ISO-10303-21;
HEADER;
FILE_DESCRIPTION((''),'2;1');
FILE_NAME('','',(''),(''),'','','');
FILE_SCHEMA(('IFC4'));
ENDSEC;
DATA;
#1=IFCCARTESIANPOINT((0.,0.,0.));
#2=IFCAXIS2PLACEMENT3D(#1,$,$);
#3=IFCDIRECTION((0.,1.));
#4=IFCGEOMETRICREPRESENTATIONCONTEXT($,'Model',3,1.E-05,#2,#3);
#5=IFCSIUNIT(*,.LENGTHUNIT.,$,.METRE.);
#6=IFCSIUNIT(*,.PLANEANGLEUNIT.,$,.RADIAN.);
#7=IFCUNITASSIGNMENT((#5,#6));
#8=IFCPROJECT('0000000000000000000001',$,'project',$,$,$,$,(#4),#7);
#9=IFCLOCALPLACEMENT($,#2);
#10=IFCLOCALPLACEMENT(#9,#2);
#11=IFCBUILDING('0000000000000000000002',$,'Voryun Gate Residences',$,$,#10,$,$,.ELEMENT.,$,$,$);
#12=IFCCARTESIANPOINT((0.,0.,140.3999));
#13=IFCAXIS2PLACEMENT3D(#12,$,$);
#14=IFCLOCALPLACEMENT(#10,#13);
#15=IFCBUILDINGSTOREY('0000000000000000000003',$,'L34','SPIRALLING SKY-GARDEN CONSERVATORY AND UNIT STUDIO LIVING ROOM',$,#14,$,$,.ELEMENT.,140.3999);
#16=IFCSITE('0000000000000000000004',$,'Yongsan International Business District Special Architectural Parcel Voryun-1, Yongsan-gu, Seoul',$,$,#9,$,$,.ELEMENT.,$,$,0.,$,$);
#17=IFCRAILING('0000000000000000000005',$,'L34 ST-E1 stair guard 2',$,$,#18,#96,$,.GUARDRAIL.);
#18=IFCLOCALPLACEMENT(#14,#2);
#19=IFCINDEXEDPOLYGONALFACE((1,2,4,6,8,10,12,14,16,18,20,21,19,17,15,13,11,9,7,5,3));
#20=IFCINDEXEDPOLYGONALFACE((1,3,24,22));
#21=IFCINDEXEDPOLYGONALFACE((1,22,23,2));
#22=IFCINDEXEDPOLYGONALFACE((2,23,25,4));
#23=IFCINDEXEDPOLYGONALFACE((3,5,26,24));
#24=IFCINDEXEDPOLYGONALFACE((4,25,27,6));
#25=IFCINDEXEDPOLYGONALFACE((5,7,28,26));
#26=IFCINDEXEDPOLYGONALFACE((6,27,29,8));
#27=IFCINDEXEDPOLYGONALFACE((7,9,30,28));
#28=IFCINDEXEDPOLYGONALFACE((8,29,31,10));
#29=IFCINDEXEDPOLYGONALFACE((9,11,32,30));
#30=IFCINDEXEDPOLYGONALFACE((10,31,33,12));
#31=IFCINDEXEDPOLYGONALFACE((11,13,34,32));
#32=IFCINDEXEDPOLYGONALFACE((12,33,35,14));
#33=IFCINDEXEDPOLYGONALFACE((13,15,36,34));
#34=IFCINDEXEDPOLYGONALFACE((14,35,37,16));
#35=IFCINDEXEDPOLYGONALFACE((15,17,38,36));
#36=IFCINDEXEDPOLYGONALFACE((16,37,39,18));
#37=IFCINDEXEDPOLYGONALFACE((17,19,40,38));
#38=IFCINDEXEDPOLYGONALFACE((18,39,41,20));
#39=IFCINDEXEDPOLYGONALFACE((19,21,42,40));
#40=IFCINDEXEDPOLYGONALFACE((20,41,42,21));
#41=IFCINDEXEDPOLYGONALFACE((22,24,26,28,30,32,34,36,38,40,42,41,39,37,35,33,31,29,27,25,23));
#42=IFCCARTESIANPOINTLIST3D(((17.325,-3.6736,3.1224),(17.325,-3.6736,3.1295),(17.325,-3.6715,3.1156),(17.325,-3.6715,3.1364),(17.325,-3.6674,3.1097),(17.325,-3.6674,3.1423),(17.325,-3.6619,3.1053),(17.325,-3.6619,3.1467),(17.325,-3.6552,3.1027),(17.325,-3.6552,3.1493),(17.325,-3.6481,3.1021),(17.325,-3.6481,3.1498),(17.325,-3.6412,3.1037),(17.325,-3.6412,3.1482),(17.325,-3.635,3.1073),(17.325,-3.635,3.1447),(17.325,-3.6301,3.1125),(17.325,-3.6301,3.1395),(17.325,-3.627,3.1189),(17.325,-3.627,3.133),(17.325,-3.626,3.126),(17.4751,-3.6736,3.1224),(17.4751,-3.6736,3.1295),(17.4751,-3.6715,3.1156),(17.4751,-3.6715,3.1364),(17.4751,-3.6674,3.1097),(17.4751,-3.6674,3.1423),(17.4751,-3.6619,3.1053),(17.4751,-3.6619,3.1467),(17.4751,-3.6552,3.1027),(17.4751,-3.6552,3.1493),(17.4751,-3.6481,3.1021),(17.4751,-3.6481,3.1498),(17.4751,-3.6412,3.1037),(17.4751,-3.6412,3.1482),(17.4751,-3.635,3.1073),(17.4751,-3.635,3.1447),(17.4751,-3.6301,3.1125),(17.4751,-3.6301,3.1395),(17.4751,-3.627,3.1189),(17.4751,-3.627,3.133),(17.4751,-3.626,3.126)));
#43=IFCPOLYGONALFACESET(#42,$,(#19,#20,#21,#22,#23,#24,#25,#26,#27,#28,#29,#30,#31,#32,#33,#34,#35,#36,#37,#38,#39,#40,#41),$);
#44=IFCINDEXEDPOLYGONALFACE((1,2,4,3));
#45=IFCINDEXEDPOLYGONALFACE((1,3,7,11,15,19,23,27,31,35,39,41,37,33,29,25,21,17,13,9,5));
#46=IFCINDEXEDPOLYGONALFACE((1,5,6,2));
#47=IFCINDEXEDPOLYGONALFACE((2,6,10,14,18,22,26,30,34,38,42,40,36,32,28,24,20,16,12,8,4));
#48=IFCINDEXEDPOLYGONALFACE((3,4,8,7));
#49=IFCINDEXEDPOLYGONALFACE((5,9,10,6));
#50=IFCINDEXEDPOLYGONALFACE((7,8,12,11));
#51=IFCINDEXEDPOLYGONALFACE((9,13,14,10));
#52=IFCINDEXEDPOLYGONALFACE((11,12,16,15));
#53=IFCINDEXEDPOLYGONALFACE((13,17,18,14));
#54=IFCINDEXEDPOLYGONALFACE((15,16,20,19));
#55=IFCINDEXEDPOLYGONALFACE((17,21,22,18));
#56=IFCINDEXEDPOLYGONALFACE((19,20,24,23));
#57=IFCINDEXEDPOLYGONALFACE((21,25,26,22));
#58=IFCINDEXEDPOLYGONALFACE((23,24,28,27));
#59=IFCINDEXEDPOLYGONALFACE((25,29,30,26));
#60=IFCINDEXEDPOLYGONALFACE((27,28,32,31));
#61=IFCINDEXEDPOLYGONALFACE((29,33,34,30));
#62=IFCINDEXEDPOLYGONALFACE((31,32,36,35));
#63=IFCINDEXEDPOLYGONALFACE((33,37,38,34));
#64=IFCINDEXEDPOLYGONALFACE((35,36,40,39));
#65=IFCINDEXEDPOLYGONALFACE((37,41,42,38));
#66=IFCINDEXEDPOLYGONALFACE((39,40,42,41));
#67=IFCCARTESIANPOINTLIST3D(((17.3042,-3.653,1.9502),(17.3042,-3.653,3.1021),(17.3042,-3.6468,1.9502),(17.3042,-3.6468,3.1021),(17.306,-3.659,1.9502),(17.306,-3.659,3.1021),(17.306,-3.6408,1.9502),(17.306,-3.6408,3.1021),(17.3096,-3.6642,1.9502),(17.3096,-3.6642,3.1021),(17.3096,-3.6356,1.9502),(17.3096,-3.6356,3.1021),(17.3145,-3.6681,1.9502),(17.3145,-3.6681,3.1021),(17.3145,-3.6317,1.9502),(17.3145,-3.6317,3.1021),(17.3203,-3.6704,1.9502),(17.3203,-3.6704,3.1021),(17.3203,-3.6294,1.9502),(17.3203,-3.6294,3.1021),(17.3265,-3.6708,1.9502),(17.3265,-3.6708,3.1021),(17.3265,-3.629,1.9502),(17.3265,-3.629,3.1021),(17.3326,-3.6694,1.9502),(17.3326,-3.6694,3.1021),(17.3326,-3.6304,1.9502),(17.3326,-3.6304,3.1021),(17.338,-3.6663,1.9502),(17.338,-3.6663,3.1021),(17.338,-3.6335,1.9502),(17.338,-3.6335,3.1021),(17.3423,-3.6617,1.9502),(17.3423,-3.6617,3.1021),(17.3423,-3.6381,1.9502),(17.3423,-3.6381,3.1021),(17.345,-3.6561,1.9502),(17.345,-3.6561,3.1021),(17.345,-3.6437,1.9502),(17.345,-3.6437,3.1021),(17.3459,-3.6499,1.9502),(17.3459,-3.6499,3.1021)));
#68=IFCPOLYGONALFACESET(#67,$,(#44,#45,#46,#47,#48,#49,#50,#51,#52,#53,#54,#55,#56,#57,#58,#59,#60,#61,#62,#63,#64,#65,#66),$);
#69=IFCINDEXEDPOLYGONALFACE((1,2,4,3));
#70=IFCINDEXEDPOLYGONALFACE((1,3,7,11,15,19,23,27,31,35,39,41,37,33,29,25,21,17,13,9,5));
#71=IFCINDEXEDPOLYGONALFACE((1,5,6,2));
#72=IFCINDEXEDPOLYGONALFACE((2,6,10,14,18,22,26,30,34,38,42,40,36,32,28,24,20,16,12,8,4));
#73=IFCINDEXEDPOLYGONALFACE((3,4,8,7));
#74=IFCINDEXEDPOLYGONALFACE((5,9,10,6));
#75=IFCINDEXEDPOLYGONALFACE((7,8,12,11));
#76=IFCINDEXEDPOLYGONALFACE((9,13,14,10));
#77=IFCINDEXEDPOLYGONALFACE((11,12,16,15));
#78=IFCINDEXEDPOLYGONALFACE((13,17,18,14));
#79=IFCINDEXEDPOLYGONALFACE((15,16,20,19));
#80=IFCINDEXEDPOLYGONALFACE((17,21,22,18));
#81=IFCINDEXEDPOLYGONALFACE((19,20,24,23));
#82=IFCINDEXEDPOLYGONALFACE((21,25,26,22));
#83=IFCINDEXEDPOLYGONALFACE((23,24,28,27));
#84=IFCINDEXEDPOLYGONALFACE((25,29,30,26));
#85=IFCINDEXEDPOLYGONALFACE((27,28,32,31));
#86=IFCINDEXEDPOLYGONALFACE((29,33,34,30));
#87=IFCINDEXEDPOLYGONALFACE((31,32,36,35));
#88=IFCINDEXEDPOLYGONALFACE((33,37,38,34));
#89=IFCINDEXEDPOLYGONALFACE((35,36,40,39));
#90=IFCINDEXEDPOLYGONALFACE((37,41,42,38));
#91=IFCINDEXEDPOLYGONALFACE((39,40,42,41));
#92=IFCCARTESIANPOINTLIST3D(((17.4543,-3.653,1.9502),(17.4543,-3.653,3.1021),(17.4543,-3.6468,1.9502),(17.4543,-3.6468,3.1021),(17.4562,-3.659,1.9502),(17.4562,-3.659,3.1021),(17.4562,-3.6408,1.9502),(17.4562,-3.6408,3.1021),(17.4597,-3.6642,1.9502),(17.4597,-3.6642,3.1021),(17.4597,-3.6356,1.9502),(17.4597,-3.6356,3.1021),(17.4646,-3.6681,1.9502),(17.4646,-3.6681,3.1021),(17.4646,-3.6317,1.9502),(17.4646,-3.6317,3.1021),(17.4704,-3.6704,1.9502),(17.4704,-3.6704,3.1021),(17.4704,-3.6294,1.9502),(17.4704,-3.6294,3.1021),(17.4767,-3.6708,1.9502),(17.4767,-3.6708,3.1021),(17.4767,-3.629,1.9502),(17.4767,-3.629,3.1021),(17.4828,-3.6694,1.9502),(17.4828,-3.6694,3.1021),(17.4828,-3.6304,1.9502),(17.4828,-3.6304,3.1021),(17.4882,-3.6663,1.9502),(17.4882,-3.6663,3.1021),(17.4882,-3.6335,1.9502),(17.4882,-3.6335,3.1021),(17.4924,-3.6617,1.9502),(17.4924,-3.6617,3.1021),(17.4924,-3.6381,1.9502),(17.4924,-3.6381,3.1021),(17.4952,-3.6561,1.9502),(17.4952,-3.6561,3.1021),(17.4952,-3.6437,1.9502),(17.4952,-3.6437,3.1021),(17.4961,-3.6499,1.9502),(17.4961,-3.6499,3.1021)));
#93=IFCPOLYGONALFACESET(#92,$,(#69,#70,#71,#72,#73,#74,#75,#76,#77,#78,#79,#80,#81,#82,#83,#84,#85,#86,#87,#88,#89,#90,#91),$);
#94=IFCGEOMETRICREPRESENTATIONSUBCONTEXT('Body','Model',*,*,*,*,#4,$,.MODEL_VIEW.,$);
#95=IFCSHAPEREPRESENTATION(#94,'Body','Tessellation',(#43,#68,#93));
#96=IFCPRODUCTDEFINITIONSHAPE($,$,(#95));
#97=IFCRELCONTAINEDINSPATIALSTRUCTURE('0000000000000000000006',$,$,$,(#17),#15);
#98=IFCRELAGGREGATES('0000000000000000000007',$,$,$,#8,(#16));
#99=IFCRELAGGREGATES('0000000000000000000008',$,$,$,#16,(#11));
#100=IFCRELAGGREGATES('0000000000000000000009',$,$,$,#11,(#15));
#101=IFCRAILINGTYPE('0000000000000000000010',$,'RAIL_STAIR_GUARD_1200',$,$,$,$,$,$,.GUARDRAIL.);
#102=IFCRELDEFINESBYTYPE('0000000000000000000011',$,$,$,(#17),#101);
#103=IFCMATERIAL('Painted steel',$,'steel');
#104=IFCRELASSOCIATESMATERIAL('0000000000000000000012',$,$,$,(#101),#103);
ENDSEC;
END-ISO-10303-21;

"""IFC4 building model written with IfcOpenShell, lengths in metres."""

from ifc_helpers import new_model, si_unit, direction, frame, origin, origin_2d, place, context, subcontext, project, spatial, circle, extrude, material, type_object, element, save


model = new_model("IFC4")

# Units and contexts
model_context = context("Model", 3, precision=1e-05, world=origin(), true_north=direction((0.0, 1.0)))
body_context = subcontext(model_context, "Body", "Model", "MODEL_VIEW")
ifc_project = project(units=[si_unit("LENGTHUNIT", "METRE"), si_unit("PLANEANGLEUNIT", "RADIAN")], contexts=[model_context])

# Site, building, storey
site_placement = place(None, origin())
site = spatial("IfcSite", under=ifc_project, at=site_placement, Name="Yongsan International Business District Special Architectural Parcel Voryun-1, Yongsan-gu, Seoul", CompositionType="ELEMENT", RefElevation=0.0)
building_placement = place(site_placement, origin())
building = spatial("IfcBuilding", under=site, at=building_placement, Name="Voryun Gate Residences", CompositionType="ELEMENT")
storey_placement = place(building_placement, frame((0.0, 0.0, 140.3999)))
storey = spatial("IfcBuildingStorey", under=building, at=storey_placement, Name="L34", Description="SPIRALLING SKY-GARDEN CONSERVATORY AND UNIT STUDIO LIVING ROOM", CompositionType="ELEMENT", Elevation=140.3999)

# Railing
ifc_material_1 = material(Name="Painted steel", Category="steel")
railing_type_1 = type_object("IfcRailingType", Name="RAIL_STAIR_GUARD_1200", PredefinedType="GUARDRAIL", material=ifc_material_1)
railing_1_placement = place(storey_placement, frame((17.325, -3.6499, 1.9502)))
element("IfcRailing", 1, at=railing_1_placement, inside=storey, type_object=railing_type_1, Name="L34 ST-E1 stair guard 2", PredefinedType="GUARDRAIL", context=body_context, shape_type="SweptSolid", body=[
    extrude(circle(Radius=0.0239, at=origin_2d()), frame((0.0, 0.0, 1.1758), z_axis=(1.0, 0.0, 0.0), x_axis=(0.0, 1.0, 0.0)), (0.0, 0.0, 1.0), 0.1501),
    extrude(circle(Radius=0.021, at=origin_2d()), origin(), (0.0, 0.0, 1.0), 1.1519),
    extrude(circle(Radius=0.021, at=origin_2d()), frame((0.1501, 0.0, 0.0)), (0.0, 0.0, 1.0), 1.1519),
])

save(model, "model.ifc")
